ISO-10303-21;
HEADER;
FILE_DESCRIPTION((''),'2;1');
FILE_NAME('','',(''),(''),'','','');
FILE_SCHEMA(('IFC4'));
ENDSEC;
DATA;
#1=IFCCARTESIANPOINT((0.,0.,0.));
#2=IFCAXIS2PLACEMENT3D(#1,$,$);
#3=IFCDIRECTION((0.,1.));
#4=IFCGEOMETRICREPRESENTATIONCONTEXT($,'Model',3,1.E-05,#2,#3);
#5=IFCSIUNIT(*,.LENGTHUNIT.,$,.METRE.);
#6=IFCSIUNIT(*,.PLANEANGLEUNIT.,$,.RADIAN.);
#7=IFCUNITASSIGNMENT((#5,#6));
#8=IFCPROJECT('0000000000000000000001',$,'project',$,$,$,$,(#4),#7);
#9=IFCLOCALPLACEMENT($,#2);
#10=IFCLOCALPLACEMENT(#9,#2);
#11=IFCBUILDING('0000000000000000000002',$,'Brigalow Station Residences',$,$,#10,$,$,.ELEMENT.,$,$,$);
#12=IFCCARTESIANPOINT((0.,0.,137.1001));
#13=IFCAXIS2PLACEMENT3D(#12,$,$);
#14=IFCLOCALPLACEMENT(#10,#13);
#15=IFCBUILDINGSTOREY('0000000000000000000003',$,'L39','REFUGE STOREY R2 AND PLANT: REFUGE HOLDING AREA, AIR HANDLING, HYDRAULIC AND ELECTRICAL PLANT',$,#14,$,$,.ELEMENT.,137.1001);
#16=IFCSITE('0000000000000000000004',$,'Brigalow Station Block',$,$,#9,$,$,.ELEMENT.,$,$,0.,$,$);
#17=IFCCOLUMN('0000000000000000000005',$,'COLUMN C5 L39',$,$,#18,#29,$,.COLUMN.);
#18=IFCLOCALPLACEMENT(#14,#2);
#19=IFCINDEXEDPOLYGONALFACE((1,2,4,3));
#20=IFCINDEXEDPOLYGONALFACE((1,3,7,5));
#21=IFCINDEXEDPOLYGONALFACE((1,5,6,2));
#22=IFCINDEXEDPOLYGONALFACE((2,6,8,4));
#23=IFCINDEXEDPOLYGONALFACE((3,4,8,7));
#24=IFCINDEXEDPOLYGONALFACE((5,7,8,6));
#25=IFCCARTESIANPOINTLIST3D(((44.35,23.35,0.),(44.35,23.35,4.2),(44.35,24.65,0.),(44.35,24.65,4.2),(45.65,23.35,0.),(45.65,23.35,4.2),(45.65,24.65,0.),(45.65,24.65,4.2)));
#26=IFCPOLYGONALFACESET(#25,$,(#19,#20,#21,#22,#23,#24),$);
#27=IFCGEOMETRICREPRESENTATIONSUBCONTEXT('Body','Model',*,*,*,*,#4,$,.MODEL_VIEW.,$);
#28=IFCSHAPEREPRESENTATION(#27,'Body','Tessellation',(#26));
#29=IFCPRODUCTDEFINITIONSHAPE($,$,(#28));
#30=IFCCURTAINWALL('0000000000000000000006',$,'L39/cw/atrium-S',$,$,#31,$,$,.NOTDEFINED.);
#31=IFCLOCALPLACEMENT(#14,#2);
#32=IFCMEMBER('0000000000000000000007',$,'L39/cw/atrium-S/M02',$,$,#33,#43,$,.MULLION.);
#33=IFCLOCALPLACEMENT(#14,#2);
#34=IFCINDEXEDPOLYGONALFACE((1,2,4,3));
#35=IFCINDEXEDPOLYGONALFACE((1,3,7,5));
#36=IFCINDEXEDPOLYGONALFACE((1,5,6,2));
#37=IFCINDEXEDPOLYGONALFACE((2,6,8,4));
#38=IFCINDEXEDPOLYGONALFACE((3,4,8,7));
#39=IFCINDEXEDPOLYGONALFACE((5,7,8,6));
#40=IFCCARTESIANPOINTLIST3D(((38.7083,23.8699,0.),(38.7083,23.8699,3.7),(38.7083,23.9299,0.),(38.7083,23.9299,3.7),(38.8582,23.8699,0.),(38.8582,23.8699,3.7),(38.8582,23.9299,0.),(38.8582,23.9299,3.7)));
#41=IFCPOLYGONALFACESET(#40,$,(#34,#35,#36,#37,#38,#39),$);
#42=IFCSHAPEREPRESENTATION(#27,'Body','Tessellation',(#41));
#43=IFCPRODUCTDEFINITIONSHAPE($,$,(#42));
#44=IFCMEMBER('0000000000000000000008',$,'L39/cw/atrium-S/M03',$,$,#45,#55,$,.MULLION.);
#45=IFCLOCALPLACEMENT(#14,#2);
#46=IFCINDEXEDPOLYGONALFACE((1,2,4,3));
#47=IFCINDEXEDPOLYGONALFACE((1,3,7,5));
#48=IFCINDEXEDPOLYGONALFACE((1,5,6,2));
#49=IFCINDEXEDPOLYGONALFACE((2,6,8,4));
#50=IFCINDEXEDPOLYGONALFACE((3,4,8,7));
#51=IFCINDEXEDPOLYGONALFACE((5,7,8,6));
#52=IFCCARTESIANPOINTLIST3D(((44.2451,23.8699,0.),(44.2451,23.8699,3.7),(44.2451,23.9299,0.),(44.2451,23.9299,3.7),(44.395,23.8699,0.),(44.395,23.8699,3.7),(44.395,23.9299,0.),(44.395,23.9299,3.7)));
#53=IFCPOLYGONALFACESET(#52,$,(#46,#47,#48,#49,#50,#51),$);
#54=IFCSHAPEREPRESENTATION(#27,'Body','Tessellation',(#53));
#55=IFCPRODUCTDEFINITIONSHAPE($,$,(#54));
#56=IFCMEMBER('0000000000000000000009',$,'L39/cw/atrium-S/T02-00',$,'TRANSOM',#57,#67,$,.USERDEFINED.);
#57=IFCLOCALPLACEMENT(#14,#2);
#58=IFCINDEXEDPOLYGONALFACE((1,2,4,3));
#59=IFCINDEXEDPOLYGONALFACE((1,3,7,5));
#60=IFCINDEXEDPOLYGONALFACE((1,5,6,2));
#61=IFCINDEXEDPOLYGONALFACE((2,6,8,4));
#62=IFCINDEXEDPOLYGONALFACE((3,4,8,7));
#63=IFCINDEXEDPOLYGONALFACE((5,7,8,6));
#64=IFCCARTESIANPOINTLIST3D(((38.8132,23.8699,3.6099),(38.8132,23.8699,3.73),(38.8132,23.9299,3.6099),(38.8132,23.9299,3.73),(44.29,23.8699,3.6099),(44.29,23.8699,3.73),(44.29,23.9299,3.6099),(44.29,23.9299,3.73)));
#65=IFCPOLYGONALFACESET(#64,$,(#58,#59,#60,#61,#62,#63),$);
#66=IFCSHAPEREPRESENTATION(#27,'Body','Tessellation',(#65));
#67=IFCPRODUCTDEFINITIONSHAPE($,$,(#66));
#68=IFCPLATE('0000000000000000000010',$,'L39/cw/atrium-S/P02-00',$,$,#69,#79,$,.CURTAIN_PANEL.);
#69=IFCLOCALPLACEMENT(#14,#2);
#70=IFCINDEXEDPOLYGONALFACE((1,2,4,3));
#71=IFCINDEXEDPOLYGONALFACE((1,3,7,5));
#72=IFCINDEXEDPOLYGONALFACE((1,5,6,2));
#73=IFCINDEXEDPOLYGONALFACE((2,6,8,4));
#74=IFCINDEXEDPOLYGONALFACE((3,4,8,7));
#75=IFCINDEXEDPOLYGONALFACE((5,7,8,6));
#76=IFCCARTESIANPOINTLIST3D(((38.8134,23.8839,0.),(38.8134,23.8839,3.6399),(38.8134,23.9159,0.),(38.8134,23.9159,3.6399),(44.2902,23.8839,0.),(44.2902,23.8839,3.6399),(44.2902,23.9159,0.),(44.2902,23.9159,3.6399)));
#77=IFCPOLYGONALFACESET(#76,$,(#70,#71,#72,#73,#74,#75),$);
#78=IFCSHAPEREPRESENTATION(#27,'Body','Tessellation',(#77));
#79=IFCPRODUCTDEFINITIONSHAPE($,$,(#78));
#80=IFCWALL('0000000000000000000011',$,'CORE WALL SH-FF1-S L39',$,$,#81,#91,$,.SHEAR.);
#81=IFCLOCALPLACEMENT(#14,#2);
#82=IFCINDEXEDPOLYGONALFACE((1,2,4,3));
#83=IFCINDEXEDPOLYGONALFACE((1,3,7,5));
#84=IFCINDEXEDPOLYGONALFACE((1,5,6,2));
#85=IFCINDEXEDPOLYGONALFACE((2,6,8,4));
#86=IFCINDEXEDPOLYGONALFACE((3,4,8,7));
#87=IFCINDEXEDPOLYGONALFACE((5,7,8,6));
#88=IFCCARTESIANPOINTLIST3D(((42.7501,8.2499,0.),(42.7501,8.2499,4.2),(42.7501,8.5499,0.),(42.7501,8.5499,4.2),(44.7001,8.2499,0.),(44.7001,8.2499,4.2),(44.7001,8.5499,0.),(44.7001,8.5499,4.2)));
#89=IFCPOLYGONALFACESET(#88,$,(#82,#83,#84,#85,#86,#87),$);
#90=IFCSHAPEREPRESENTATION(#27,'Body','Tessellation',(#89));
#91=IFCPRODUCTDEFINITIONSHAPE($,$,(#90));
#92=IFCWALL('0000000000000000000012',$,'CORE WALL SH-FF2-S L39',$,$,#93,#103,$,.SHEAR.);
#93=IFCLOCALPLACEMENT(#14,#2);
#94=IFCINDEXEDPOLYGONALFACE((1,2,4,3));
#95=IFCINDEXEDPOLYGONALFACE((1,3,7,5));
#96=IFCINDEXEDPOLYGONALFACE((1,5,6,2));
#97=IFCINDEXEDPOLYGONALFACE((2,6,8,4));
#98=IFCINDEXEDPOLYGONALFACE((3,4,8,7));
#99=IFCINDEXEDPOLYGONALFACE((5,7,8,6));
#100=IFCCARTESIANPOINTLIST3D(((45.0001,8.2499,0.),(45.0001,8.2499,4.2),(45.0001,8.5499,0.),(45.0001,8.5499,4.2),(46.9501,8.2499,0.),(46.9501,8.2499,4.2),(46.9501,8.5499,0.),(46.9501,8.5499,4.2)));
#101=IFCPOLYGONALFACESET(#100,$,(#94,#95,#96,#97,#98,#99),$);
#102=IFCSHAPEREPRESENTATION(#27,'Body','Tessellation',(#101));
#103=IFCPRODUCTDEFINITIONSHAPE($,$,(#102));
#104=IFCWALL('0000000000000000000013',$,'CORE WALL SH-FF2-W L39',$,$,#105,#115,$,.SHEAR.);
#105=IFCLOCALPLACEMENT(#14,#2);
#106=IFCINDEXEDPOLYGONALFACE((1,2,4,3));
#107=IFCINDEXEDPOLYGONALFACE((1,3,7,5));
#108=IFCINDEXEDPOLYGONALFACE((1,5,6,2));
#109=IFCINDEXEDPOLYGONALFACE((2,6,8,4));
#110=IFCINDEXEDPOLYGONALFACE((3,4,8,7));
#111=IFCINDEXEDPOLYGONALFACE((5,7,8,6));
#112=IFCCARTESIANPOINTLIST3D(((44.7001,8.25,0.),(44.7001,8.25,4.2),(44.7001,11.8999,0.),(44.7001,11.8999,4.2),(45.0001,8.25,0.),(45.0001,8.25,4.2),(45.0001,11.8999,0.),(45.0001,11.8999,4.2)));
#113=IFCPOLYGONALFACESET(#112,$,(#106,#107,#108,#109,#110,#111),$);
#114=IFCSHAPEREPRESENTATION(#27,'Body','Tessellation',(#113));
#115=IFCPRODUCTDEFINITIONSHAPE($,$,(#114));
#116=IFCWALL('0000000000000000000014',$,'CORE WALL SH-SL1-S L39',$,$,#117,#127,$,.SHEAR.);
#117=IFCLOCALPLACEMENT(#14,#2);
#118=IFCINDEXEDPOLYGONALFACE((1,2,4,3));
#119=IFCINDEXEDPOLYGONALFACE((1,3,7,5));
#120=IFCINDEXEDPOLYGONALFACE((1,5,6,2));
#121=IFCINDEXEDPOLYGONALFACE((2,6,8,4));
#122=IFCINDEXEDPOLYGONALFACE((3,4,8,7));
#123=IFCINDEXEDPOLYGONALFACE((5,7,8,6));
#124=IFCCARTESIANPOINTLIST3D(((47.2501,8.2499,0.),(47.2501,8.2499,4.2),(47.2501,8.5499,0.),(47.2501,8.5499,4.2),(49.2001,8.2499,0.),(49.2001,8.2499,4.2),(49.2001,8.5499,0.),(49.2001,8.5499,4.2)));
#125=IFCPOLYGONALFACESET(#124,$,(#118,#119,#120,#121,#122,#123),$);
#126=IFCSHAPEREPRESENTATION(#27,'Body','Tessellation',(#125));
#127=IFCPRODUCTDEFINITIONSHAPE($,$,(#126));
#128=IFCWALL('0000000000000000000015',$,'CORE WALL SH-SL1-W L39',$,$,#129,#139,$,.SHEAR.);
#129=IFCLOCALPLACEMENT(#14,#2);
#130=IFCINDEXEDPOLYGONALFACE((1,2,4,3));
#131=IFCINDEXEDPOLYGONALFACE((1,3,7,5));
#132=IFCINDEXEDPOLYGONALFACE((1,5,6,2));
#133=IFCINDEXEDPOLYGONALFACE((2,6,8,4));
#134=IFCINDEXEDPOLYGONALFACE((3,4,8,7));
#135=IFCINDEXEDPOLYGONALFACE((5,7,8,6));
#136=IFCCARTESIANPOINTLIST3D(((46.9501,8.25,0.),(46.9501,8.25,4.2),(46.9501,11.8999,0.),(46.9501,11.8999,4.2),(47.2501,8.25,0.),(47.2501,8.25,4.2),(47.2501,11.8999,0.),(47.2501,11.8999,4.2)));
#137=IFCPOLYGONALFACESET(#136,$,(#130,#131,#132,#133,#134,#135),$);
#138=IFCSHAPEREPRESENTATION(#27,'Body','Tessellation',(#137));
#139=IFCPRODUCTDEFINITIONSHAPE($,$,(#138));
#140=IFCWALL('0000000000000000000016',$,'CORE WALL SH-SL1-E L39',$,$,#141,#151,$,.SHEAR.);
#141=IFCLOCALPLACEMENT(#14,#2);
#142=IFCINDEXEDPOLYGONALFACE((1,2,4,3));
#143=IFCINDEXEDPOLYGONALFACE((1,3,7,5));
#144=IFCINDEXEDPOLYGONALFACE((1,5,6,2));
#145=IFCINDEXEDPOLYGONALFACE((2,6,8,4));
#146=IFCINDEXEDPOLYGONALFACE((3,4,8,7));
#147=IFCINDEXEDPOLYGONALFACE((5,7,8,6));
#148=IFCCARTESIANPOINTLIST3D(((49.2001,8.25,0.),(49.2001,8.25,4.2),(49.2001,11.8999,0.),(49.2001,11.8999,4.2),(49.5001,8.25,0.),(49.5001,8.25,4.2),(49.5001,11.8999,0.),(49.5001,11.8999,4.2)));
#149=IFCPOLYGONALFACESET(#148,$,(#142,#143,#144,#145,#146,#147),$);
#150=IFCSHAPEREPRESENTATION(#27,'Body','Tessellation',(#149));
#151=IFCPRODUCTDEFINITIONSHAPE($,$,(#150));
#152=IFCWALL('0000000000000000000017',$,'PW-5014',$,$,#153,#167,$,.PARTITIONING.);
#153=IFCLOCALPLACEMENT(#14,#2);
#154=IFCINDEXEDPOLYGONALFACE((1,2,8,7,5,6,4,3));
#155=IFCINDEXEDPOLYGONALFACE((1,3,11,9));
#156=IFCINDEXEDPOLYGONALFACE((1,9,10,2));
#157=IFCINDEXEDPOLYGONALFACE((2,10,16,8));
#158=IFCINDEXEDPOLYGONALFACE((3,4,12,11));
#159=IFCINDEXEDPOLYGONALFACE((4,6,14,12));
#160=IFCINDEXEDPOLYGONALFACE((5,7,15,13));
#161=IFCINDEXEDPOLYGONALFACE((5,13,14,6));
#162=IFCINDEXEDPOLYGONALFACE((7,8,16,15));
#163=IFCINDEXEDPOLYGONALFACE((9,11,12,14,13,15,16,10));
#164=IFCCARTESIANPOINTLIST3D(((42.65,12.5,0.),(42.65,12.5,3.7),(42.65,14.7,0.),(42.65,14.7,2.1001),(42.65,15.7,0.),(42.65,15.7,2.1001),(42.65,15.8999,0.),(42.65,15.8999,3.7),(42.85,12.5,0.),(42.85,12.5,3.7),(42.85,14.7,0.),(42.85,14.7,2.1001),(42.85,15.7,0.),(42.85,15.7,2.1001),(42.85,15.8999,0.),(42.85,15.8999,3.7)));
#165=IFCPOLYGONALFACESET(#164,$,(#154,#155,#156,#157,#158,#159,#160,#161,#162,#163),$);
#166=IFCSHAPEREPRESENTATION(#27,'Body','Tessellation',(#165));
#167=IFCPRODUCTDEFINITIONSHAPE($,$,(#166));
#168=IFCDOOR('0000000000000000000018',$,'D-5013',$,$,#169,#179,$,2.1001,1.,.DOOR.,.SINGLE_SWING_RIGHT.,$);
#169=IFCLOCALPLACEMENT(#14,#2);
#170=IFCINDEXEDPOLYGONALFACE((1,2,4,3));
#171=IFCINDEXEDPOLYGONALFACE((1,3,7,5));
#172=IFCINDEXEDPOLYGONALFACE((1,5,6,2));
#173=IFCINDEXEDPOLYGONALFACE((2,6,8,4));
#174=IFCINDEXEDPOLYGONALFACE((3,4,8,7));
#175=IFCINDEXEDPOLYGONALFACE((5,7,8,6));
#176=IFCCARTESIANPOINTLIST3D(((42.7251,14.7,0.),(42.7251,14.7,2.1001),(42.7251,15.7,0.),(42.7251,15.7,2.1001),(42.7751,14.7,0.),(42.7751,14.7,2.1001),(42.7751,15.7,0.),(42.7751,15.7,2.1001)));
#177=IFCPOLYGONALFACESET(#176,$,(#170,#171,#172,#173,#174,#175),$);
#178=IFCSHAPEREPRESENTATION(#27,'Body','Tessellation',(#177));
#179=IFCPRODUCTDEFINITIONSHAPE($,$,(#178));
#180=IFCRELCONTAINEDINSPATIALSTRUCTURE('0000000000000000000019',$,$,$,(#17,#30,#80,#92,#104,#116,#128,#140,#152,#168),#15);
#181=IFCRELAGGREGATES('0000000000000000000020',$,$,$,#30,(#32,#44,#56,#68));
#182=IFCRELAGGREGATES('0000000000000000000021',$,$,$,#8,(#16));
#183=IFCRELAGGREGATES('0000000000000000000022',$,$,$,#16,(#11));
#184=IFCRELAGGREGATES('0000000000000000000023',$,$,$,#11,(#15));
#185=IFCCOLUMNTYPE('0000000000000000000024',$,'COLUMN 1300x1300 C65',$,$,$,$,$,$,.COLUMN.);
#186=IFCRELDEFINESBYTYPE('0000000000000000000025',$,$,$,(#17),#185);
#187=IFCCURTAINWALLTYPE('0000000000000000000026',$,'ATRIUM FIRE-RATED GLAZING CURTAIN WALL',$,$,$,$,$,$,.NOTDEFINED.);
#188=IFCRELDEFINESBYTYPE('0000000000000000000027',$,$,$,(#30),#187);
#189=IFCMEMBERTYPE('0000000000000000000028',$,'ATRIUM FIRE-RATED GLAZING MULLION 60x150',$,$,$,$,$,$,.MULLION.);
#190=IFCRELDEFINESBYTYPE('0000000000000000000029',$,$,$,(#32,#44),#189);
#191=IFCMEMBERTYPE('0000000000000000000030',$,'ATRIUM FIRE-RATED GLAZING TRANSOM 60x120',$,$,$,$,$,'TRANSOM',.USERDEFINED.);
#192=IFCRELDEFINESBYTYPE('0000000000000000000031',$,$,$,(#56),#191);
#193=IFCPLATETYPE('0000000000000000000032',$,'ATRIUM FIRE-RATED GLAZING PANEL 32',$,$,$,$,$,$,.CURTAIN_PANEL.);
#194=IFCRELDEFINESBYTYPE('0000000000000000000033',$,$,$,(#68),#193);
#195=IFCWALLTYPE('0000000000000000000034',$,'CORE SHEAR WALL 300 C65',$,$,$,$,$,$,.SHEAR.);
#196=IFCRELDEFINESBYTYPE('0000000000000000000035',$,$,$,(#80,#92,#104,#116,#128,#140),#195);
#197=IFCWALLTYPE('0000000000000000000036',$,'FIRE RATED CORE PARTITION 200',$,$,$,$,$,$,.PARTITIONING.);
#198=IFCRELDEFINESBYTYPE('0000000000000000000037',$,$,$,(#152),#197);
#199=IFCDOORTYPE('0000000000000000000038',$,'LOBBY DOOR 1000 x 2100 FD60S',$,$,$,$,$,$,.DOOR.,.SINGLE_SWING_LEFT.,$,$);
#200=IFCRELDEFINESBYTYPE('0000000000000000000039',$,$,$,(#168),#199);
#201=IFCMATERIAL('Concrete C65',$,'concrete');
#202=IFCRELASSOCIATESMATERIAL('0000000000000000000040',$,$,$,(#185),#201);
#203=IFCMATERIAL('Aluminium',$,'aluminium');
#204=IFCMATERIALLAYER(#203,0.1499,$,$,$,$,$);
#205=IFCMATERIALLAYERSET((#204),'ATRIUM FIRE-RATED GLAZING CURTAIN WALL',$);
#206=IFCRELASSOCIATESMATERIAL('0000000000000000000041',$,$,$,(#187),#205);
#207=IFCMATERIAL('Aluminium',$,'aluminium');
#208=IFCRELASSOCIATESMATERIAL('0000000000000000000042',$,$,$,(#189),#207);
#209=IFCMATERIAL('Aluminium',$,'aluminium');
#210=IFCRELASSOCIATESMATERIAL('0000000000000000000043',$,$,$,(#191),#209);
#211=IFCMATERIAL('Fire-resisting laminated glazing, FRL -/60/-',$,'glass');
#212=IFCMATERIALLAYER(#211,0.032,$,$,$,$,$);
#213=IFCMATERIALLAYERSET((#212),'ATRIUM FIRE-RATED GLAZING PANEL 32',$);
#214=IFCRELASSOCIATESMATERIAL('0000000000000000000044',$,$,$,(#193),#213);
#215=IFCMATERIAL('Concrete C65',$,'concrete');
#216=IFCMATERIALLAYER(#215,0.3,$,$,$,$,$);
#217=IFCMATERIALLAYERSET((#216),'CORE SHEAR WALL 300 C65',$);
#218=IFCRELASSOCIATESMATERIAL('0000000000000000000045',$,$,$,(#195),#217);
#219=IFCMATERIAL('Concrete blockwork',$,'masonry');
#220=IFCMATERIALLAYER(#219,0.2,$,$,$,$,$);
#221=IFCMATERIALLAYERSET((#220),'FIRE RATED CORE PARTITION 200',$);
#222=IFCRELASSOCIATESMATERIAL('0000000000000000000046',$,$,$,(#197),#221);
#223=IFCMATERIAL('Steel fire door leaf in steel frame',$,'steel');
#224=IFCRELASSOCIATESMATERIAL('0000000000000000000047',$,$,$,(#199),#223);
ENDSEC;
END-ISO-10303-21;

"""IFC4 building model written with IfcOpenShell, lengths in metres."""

from ifc_helpers import new_model, si_unit, direction, frame, frame_2d, origin, origin_2d, place, context, subcontext, project, spatial, rectangle, extrude, material, layer, layer_set, material_profile, profile_set, type_object, element, fill, aggregate, save


model = new_model("IFC4")

# Units and contexts
model_context = context("Model", 3, precision=1e-05, world=origin(), true_north=direction((0.0, 1.0)))
body_context = subcontext(model_context, "Body", "Model", "MODEL_VIEW")
ifc_project = project(units=[si_unit("LENGTHUNIT", "METRE"), si_unit("PLANEANGLEUNIT", "RADIAN")], contexts=[model_context])

# Site, building, storey
site_placement = place(None, origin())
site = spatial("IfcSite", under=ifc_project, at=site_placement, Name="Brigalow Station Block", CompositionType="ELEMENT", RefElevation=0.0)
building_placement = place(site_placement, origin())
building = spatial("IfcBuilding", under=site, at=building_placement, Name="Brigalow Station Residences", CompositionType="ELEMENT")
storey_placement = place(building_placement, frame((0.0, 0.0, 137.1001)))
storey = spatial("IfcBuildingStorey", under=building, at=storey_placement, Name="L39", Description="REFUGE STOREY R2 AND PLANT: REFUGE HOLDING AREA, AIR HANDLING, HYDRAULIC AND ELECTRICAL PLANT", CompositionType="ELEMENT", Elevation=137.1001)

# Column
ifc_material_1 = material(Name="Concrete C65", Category="concrete")
ifc_material_profile_1 = material_profile(ifc_material_1, rectangle(XDim=1.3, YDim=1.3, at=origin_2d()), Name="RC1300x1300")
ifc_profile_set_1 = profile_set([ifc_material_profile_1], Name="Concrete C65")
column_type = type_object("IfcColumnType", Name="COLUMN 1300x1300 C65", PredefinedType="COLUMN", material=ifc_profile_set_1)
column_placement = place(storey_placement, frame((45.0, 24.0, 0.0), z_axis=(0.0, 0.0, 1.0), x_axis=(1.0, 0.0, 0.0)))
element("IfcColumn", 1, at=column_placement, inside=storey, type_object=column_type, Name="COLUMN C5 L39", PredefinedType="COLUMN", context=body_context, shape_type="SweptSolid", body=[
    extrude(rectangle(XDim=1.3, YDim=1.3, at=origin_2d()), origin(), (0.0, 0.0, 1.0), 4.2),
])

# Curtain wall, members, plate
ifc_material_2 = material(Name="Aluminium", Category="aluminium")
ifc_layer_1 = layer(ifc_material_2, 0.1499)
ifc_layer_set_1 = layer_set([ifc_layer_1], Name="ATRIUM FIRE-RATED GLAZING CURTAIN WALL")
curtain_wall_type = type_object("IfcCurtainWallType", Name="ATRIUM FIRE-RATED GLAZING CURTAIN WALL", PredefinedType="NOTDEFINED", material=ifc_layer_set_1)
curtain_wall_placement = place(storey_placement, origin())
curtain_wall = element("IfcCurtainWall", 2, at=curtain_wall_placement, inside=storey, type_object=curtain_wall_type, Name="L39/cw/atrium-S", PredefinedType="NOTDEFINED")
ifc_material_3 = material(Name="Aluminium", Category="aluminium")
ifc_material_profile_2 = material_profile(ifc_material_3, rectangle(XDim=0.0601, YDim=0.1499, at=origin_2d()), Name="ATRIUM FIRE-RATED GLAZING MULLION 60x150")
ifc_profile_set_2 = profile_set([ifc_material_profile_2], Name="Aluminium")
member_type_1 = type_object("IfcMemberType", Name="ATRIUM FIRE-RATED GLAZING MULLION 60x150", PredefinedType="MULLION", material=ifc_profile_set_2)
member_1_placement = place(storey_placement, frame((38.7832, 23.8999, 0.0), z_axis=(0.0, 0.0, 1.0), x_axis=(0.0, 1.0, 0.0)))
member_1 = element("IfcMember", 3, at=member_1_placement, type_object=member_type_1, Name="L39/cw/atrium-S/M02", PredefinedType="MULLION", context=body_context, shape_type="SweptSolid", body=[
    extrude(rectangle(XDim=0.0601, YDim=0.1499, at=origin_2d()), origin(), (0.0, 0.0, 1.0), 3.7),
])
member_2_placement = place(storey_placement, frame((44.3201, 23.8999, 0.0), z_axis=(0.0, 0.0, 1.0), x_axis=(0.0, 1.0, 0.0)))
member_2 = element("IfcMember", 4, at=member_2_placement, type_object=member_type_1, Name="L39/cw/atrium-S/M03", PredefinedType="MULLION", context=body_context, shape_type="SweptSolid", body=[
    extrude(rectangle(XDim=0.0601, YDim=0.1499, at=origin_2d()), origin(), (0.0, 0.0, 1.0), 3.7),
])
ifc_material_4 = material(Name="Aluminium", Category="aluminium")
ifc_material_profile_3 = material_profile(ifc_material_4, rectangle(XDim=0.0601, YDim=0.1201, at=origin_2d()), Name="ATRIUM FIRE-RATED GLAZING TRANSOM 60x120")
ifc_profile_set_3 = profile_set([ifc_material_profile_3], Name="Aluminium")
member_type_2 = type_object("IfcMemberType", Name="ATRIUM FIRE-RATED GLAZING TRANSOM 60x120", ElementType="TRANSOM", PredefinedType="USERDEFINED", material=ifc_profile_set_3)
member_3_placement = place(storey_placement, frame((38.8132, 23.8999, 3.6699), z_axis=(1.0, 0.0, 0.0), x_axis=(0.0, 1.0, 0.0)))
member_3 = element("IfcMember", 5, at=member_3_placement, type_object=member_type_2, Name="L39/cw/atrium-S/T02-00", ObjectType="TRANSOM", PredefinedType="USERDEFINED", context=body_context, shape_type="SweptSolid", body=[
    extrude(rectangle(XDim=0.0601, YDim=0.1201, at=origin_2d()), origin(), (0.0, 0.0, 1.0), 5.4768),
])
ifc_material_5 = material(Name="Fire-resisting laminated glazing, FRL -/60/-", Category="glass")
ifc_layer_2 = layer(ifc_material_5, 0.032)
ifc_layer_set_2 = layer_set([ifc_layer_2], Name="ATRIUM FIRE-RATED GLAZING PANEL 32")
plate_type = type_object("IfcPlateType", Name="ATRIUM FIRE-RATED GLAZING PANEL 32", PredefinedType="CURTAIN_PANEL", material=ifc_layer_set_2)
plate_placement = place(storey_placement, frame((41.5518, 23.8999, 0.0), z_axis=(0.0, 0.0, 1.0), x_axis=(1.0, 0.0, 0.0)))
plate = element("IfcPlate", 6, at=plate_placement, type_object=plate_type, Name="L39/cw/atrium-S/P02-00", PredefinedType="CURTAIN_PANEL", context=body_context, shape_type="SweptSolid", body=[
    extrude(rectangle(XDim=5.4768, YDim=0.032, at=origin_2d()), origin(), (0.0, 0.0, 1.0), 3.6399),
])
aggregate(curtain_wall, [member_1, member_2, member_3, plate])

# Walls
ifc_material_6 = material(Name="Concrete C65", Category="concrete")
ifc_layer_3 = layer(ifc_material_6, 0.3)
ifc_layer_set_3 = layer_set([ifc_layer_3], Name="CORE SHEAR WALL 300 C65")
wall_type_1 = type_object("IfcWallType", Name="CORE SHEAR WALL 300 C65", PredefinedType="SHEAR", material=ifc_layer_set_3)
for number, where, z_axis, x_axis, name in (
    (7, (42.75, 8.3999, 0.0), (0.0, 0.0, 1.0), (1.0, 0.0, 0.0), "CORE WALL SH-FF1-S L39"),
    (8, (45.0, 8.3999, 0.0), (0.0, 0.0, 1.0), (1.0, 0.0, 0.0), "CORE WALL SH-FF2-S L39"),
):
    element("IfcWall", number, at=place(storey_placement, frame(where, z_axis=z_axis, x_axis=x_axis)), inside=storey, type_object=wall_type_1, Name=name, PredefinedType="SHEAR", context=body_context, shape_type="SweptSolid", body=[
        extrude(rectangle(XDim=1.95, YDim=0.3, at=frame_2d((0.9751, 0.0))), origin(), (0.0, 0.0, 1.0), 4.2),
    ])
wall_1_placement = place(storey_placement, frame((44.8501, 8.25, 0.0), z_axis=(0.0, 0.0, 1.0), x_axis=(0.0, 1.0, 0.0)))
element("IfcWall", 9, at=wall_1_placement, inside=storey, type_object=wall_type_1, Name="CORE WALL SH-FF2-W L39", PredefinedType="SHEAR", context=body_context, shape_type="SweptSolid", body=[
    extrude(rectangle(XDim=3.6499, YDim=0.3, at=frame_2d((1.825, 0.0))), origin(), (0.0, 0.0, 1.0), 4.2),
])
wall_2_placement = place(storey_placement, frame((47.25, 8.3999, 0.0), z_axis=(0.0, 0.0, 1.0), x_axis=(1.0, 0.0, 0.0)))
element("IfcWall", 10, at=wall_2_placement, inside=storey, type_object=wall_type_1, Name="CORE WALL SH-SL1-S L39", PredefinedType="SHEAR", context=body_context, shape_type="SweptSolid", body=[
    extrude(rectangle(XDim=1.95, YDim=0.3, at=frame_2d((0.9751, 0.0))), origin(), (0.0, 0.0, 1.0), 4.2),
])
for number, where, z_axis, x_axis, name in (
    (11, (47.1001, 8.25, 0.0), (0.0, 0.0, 1.0), (0.0, 1.0, 0.0), "CORE WALL SH-SL1-W L39"),
    (12, (49.3501, 8.25, 0.0), (0.0, 0.0, 1.0), (0.0, 1.0, 0.0), "CORE WALL SH-SL1-E L39"),
):
    element("IfcWall", number, at=place(storey_placement, frame(where, z_axis=z_axis, x_axis=x_axis)), inside=storey, type_object=wall_type_1, Name=name, PredefinedType="SHEAR", context=body_context, shape_type="SweptSolid", body=[
        extrude(rectangle(XDim=3.6499, YDim=0.3, at=frame_2d((1.825, 0.0))), origin(), (0.0, 0.0, 1.0), 4.2),
    ])

# Wall, opening, door
ifc_material_7 = material(Name="Concrete blockwork", Category="masonry")
ifc_layer_4 = layer(ifc_material_7, 0.2)
ifc_layer_set_4 = layer_set([ifc_layer_4], Name="FIRE RATED CORE PARTITION 200")
wall_type_2 = type_object("IfcWallType", Name="FIRE RATED CORE PARTITION 200", PredefinedType="PARTITIONING", material=ifc_layer_set_4)
wall_3_placement = place(storey_placement, frame((42.75, 12.5, 0.0), z_axis=(0.0, 0.0, 1.0), x_axis=(0.0, 1.0, 0.0)))
wall_3 = element("IfcWall", 13, at=wall_3_placement, inside=storey, type_object=wall_type_2, Name="PW-5014", PredefinedType="PARTITIONING", context=body_context, shape_type="SweptSolid", body=[
    extrude(rectangle(XDim=3.3999, YDim=0.2, at=frame_2d((1.7, 0.0))), origin(), (0.0, 0.0, 1.0), 3.7),
])
opening_1_placement = place(wall_3_placement, frame((2.2, 0.0, 0.0)))
opening_1 = element("IfcOpeningElement", 14, at=opening_1_placement, cuts=wall_3, PredefinedType="OPENING", context=body_context, shape_type="SweptSolid", body=[
    extrude(rectangle(XDim=1.0, YDim=2.1001, at=frame_2d((0.5, 1.05))), frame((0.0, 0.1099, 0.0), z_axis=(0.0, -1.0, 0.0), x_axis=(1.0, 0.0, 0.0)), (0.0, 0.0, 1.0), 0.22),
])
ifc_material_8 = material(Name="Steel fire door leaf in steel frame", Category="steel")
door_type_1 = type_object("IfcDoorType", Name="LOBBY DOOR 1000 x 2100 FD60S", OperationType="SINGLE_SWING_LEFT", PredefinedType="DOOR", material=ifc_material_8)
door_1_placement = place(opening_1_placement, origin())
door_1 = element("IfcDoor", 15, at=door_1_placement, inside=storey, type_object=door_type_1, Name="D-5013", OperationType="SINGLE_SWING_RIGHT", OverallHeight=2.1001, OverallWidth=1.0, PredefinedType="DOOR", context=body_context, shape_type="SweptSolid", body=[
    extrude(rectangle(XDim=1.0, YDim=2.1001, at=frame_2d((0.5, 1.05))), frame((0.0, 0.0249, 0.0), z_axis=(0.0, -1.0, 0.0), x_axis=(1.0, 0.0, 0.0)), (0.0, 0.0, 1.0), 0.05),
])
fill(opening_1, door_1)

save(model, "model.ifc")
